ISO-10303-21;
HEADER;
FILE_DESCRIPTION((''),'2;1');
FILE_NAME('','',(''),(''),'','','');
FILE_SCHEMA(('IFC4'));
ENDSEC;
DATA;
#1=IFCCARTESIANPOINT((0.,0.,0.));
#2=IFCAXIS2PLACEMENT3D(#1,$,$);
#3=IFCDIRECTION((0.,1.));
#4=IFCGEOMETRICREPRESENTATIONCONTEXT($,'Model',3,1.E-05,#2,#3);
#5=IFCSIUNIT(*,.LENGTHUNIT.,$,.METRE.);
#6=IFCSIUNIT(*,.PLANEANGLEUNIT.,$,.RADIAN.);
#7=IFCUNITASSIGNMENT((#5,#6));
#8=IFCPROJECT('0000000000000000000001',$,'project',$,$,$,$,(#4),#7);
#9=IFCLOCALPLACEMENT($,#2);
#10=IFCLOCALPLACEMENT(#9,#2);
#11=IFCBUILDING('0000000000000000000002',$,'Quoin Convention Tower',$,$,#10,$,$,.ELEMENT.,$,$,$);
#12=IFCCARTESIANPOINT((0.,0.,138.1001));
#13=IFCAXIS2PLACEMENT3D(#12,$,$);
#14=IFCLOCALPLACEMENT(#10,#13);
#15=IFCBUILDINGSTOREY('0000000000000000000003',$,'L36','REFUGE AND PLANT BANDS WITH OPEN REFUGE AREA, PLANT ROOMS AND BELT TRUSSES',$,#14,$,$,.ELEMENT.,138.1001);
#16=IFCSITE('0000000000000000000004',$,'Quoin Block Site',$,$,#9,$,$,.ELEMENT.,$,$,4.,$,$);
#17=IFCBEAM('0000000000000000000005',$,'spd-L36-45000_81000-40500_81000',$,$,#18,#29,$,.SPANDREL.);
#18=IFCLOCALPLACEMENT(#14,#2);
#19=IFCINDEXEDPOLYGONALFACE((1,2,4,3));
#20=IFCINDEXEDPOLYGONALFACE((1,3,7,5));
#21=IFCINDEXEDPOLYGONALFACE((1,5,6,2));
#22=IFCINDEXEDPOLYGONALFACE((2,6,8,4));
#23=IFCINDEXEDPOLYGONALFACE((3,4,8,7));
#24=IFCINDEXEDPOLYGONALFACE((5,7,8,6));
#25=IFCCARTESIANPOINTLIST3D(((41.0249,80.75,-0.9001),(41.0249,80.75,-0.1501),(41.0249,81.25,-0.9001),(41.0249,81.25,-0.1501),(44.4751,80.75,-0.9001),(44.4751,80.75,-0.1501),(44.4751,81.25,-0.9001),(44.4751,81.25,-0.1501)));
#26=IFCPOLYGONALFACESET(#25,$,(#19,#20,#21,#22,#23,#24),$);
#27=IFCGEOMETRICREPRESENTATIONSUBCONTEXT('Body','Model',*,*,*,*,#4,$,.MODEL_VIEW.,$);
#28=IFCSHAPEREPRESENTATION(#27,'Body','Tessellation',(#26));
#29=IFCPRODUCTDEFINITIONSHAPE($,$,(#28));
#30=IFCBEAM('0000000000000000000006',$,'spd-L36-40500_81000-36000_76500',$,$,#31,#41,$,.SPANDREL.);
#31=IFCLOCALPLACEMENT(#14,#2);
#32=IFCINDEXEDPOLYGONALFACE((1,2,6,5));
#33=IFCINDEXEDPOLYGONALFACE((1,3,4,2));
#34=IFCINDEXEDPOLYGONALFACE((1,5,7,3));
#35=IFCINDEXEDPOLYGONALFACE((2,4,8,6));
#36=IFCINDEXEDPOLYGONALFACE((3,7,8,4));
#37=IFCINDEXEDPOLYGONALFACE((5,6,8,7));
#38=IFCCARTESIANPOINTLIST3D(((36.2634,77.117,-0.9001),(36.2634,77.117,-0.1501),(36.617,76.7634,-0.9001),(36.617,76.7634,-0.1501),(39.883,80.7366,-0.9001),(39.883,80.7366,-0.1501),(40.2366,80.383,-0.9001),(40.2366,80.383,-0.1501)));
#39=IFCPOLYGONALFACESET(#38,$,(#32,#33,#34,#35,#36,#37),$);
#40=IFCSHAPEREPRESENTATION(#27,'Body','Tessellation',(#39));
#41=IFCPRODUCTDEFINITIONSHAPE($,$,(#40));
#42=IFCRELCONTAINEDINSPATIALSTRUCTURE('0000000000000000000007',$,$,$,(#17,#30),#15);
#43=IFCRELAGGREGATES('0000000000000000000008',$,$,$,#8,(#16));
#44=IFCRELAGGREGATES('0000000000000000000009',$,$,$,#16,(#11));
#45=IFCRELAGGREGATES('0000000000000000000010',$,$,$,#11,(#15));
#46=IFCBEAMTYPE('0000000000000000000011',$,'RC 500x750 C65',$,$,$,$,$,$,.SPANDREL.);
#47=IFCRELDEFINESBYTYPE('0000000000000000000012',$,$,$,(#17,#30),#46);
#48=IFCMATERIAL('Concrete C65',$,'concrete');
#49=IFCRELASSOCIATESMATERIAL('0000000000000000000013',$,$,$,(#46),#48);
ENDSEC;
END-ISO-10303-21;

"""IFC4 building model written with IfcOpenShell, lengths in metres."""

from ifc_helpers import new_model, si_unit, direction, frame, origin, origin_2d, place, context, subcontext, project, spatial, rectangle, extrude, material, material_profile, profile_set, type_object, element, save


model = new_model("IFC4")

# Units and contexts
model_context = context("Model", 3, precision=1e-05, world=origin(), true_north=direction((0.0, 1.0)))
body_context = subcontext(model_context, "Body", "Model", "MODEL_VIEW")
ifc_project = project(units=[si_unit("LENGTHUNIT", "METRE"), si_unit("PLANEANGLEUNIT", "RADIAN")], contexts=[model_context])

# Site, building, storey
site_placement = place(None, origin())
site = spatial("IfcSite", under=ifc_project, at=site_placement, Name="Quoin Block Site", CompositionType="ELEMENT", RefElevation=4.0)
building_placement = place(site_placement, origin())
building = spatial("IfcBuilding", under=site, at=building_placement, Name="Quoin Convention Tower", CompositionType="ELEMENT")
storey_placement = place(building_placement, frame((0.0, 0.0, 138.1001)))
storey = spatial("IfcBuildingStorey", under=building, at=storey_placement, Name="L36", Description="REFUGE AND PLANT BANDS WITH OPEN REFUGE AREA, PLANT ROOMS AND BELT TRUSSES", CompositionType="ELEMENT", Elevation=138.1001)

# Shared definitions
ifc_material_1 = material(Name="Concrete C65", Category="concrete")

# Beams
ifc_material_profile_1 = material_profile(ifc_material_1, rectangle(XDim=0.5, YDim=0.75, at=origin_2d()), Name="RC 500x750")
ifc_profile_set_1 = profile_set([ifc_material_profile_1], Name="Concrete C65")
beam_type_1 = type_object("IfcBeamType", Name="RC 500x750 C65", PredefinedType="SPANDREL", material=ifc_profile_set_1)
beam_1_placement = place(storey_placement, frame((44.4751, 81.0, -0.5251), z_axis=(-1.0, 0.0, 0.0), x_axis=(0.0, -1.0, 0.0)))
element("IfcBeam", 1, at=beam_1_placement, inside=storey, type_object=beam_type_1, Name="spd-L36-45000_81000-40500_81000", PredefinedType="SPANDREL", context=body_context, shape_type="SweptSolid", body=[
    extrude(rectangle(XDim=0.5, YDim=0.75, at=origin_2d()), origin(), (0.0, 0.0, 1.0), 3.4502),
])
beam_2_placement = place(storey_placement, frame((40.0598, 80.5598, -0.5251), z_axis=(-0.707107, -0.707107, 0.0), x_axis=(0.707107, -0.707107, 0.0)))
element("IfcBeam", 2, at=beam_2_placement, inside=storey, type_object=beam_type_1, Name="spd-L36-40500_81000-36000_76500", PredefinedType="SPANDREL", context=body_context, shape_type="SweptSolid", body=[
    extrude(rectangle(XDim=0.5, YDim=0.75, at=origin_2d()), origin(), (0.0, 0.0, 1.0), 5.1189),
])

save(model, "model.ifc")
